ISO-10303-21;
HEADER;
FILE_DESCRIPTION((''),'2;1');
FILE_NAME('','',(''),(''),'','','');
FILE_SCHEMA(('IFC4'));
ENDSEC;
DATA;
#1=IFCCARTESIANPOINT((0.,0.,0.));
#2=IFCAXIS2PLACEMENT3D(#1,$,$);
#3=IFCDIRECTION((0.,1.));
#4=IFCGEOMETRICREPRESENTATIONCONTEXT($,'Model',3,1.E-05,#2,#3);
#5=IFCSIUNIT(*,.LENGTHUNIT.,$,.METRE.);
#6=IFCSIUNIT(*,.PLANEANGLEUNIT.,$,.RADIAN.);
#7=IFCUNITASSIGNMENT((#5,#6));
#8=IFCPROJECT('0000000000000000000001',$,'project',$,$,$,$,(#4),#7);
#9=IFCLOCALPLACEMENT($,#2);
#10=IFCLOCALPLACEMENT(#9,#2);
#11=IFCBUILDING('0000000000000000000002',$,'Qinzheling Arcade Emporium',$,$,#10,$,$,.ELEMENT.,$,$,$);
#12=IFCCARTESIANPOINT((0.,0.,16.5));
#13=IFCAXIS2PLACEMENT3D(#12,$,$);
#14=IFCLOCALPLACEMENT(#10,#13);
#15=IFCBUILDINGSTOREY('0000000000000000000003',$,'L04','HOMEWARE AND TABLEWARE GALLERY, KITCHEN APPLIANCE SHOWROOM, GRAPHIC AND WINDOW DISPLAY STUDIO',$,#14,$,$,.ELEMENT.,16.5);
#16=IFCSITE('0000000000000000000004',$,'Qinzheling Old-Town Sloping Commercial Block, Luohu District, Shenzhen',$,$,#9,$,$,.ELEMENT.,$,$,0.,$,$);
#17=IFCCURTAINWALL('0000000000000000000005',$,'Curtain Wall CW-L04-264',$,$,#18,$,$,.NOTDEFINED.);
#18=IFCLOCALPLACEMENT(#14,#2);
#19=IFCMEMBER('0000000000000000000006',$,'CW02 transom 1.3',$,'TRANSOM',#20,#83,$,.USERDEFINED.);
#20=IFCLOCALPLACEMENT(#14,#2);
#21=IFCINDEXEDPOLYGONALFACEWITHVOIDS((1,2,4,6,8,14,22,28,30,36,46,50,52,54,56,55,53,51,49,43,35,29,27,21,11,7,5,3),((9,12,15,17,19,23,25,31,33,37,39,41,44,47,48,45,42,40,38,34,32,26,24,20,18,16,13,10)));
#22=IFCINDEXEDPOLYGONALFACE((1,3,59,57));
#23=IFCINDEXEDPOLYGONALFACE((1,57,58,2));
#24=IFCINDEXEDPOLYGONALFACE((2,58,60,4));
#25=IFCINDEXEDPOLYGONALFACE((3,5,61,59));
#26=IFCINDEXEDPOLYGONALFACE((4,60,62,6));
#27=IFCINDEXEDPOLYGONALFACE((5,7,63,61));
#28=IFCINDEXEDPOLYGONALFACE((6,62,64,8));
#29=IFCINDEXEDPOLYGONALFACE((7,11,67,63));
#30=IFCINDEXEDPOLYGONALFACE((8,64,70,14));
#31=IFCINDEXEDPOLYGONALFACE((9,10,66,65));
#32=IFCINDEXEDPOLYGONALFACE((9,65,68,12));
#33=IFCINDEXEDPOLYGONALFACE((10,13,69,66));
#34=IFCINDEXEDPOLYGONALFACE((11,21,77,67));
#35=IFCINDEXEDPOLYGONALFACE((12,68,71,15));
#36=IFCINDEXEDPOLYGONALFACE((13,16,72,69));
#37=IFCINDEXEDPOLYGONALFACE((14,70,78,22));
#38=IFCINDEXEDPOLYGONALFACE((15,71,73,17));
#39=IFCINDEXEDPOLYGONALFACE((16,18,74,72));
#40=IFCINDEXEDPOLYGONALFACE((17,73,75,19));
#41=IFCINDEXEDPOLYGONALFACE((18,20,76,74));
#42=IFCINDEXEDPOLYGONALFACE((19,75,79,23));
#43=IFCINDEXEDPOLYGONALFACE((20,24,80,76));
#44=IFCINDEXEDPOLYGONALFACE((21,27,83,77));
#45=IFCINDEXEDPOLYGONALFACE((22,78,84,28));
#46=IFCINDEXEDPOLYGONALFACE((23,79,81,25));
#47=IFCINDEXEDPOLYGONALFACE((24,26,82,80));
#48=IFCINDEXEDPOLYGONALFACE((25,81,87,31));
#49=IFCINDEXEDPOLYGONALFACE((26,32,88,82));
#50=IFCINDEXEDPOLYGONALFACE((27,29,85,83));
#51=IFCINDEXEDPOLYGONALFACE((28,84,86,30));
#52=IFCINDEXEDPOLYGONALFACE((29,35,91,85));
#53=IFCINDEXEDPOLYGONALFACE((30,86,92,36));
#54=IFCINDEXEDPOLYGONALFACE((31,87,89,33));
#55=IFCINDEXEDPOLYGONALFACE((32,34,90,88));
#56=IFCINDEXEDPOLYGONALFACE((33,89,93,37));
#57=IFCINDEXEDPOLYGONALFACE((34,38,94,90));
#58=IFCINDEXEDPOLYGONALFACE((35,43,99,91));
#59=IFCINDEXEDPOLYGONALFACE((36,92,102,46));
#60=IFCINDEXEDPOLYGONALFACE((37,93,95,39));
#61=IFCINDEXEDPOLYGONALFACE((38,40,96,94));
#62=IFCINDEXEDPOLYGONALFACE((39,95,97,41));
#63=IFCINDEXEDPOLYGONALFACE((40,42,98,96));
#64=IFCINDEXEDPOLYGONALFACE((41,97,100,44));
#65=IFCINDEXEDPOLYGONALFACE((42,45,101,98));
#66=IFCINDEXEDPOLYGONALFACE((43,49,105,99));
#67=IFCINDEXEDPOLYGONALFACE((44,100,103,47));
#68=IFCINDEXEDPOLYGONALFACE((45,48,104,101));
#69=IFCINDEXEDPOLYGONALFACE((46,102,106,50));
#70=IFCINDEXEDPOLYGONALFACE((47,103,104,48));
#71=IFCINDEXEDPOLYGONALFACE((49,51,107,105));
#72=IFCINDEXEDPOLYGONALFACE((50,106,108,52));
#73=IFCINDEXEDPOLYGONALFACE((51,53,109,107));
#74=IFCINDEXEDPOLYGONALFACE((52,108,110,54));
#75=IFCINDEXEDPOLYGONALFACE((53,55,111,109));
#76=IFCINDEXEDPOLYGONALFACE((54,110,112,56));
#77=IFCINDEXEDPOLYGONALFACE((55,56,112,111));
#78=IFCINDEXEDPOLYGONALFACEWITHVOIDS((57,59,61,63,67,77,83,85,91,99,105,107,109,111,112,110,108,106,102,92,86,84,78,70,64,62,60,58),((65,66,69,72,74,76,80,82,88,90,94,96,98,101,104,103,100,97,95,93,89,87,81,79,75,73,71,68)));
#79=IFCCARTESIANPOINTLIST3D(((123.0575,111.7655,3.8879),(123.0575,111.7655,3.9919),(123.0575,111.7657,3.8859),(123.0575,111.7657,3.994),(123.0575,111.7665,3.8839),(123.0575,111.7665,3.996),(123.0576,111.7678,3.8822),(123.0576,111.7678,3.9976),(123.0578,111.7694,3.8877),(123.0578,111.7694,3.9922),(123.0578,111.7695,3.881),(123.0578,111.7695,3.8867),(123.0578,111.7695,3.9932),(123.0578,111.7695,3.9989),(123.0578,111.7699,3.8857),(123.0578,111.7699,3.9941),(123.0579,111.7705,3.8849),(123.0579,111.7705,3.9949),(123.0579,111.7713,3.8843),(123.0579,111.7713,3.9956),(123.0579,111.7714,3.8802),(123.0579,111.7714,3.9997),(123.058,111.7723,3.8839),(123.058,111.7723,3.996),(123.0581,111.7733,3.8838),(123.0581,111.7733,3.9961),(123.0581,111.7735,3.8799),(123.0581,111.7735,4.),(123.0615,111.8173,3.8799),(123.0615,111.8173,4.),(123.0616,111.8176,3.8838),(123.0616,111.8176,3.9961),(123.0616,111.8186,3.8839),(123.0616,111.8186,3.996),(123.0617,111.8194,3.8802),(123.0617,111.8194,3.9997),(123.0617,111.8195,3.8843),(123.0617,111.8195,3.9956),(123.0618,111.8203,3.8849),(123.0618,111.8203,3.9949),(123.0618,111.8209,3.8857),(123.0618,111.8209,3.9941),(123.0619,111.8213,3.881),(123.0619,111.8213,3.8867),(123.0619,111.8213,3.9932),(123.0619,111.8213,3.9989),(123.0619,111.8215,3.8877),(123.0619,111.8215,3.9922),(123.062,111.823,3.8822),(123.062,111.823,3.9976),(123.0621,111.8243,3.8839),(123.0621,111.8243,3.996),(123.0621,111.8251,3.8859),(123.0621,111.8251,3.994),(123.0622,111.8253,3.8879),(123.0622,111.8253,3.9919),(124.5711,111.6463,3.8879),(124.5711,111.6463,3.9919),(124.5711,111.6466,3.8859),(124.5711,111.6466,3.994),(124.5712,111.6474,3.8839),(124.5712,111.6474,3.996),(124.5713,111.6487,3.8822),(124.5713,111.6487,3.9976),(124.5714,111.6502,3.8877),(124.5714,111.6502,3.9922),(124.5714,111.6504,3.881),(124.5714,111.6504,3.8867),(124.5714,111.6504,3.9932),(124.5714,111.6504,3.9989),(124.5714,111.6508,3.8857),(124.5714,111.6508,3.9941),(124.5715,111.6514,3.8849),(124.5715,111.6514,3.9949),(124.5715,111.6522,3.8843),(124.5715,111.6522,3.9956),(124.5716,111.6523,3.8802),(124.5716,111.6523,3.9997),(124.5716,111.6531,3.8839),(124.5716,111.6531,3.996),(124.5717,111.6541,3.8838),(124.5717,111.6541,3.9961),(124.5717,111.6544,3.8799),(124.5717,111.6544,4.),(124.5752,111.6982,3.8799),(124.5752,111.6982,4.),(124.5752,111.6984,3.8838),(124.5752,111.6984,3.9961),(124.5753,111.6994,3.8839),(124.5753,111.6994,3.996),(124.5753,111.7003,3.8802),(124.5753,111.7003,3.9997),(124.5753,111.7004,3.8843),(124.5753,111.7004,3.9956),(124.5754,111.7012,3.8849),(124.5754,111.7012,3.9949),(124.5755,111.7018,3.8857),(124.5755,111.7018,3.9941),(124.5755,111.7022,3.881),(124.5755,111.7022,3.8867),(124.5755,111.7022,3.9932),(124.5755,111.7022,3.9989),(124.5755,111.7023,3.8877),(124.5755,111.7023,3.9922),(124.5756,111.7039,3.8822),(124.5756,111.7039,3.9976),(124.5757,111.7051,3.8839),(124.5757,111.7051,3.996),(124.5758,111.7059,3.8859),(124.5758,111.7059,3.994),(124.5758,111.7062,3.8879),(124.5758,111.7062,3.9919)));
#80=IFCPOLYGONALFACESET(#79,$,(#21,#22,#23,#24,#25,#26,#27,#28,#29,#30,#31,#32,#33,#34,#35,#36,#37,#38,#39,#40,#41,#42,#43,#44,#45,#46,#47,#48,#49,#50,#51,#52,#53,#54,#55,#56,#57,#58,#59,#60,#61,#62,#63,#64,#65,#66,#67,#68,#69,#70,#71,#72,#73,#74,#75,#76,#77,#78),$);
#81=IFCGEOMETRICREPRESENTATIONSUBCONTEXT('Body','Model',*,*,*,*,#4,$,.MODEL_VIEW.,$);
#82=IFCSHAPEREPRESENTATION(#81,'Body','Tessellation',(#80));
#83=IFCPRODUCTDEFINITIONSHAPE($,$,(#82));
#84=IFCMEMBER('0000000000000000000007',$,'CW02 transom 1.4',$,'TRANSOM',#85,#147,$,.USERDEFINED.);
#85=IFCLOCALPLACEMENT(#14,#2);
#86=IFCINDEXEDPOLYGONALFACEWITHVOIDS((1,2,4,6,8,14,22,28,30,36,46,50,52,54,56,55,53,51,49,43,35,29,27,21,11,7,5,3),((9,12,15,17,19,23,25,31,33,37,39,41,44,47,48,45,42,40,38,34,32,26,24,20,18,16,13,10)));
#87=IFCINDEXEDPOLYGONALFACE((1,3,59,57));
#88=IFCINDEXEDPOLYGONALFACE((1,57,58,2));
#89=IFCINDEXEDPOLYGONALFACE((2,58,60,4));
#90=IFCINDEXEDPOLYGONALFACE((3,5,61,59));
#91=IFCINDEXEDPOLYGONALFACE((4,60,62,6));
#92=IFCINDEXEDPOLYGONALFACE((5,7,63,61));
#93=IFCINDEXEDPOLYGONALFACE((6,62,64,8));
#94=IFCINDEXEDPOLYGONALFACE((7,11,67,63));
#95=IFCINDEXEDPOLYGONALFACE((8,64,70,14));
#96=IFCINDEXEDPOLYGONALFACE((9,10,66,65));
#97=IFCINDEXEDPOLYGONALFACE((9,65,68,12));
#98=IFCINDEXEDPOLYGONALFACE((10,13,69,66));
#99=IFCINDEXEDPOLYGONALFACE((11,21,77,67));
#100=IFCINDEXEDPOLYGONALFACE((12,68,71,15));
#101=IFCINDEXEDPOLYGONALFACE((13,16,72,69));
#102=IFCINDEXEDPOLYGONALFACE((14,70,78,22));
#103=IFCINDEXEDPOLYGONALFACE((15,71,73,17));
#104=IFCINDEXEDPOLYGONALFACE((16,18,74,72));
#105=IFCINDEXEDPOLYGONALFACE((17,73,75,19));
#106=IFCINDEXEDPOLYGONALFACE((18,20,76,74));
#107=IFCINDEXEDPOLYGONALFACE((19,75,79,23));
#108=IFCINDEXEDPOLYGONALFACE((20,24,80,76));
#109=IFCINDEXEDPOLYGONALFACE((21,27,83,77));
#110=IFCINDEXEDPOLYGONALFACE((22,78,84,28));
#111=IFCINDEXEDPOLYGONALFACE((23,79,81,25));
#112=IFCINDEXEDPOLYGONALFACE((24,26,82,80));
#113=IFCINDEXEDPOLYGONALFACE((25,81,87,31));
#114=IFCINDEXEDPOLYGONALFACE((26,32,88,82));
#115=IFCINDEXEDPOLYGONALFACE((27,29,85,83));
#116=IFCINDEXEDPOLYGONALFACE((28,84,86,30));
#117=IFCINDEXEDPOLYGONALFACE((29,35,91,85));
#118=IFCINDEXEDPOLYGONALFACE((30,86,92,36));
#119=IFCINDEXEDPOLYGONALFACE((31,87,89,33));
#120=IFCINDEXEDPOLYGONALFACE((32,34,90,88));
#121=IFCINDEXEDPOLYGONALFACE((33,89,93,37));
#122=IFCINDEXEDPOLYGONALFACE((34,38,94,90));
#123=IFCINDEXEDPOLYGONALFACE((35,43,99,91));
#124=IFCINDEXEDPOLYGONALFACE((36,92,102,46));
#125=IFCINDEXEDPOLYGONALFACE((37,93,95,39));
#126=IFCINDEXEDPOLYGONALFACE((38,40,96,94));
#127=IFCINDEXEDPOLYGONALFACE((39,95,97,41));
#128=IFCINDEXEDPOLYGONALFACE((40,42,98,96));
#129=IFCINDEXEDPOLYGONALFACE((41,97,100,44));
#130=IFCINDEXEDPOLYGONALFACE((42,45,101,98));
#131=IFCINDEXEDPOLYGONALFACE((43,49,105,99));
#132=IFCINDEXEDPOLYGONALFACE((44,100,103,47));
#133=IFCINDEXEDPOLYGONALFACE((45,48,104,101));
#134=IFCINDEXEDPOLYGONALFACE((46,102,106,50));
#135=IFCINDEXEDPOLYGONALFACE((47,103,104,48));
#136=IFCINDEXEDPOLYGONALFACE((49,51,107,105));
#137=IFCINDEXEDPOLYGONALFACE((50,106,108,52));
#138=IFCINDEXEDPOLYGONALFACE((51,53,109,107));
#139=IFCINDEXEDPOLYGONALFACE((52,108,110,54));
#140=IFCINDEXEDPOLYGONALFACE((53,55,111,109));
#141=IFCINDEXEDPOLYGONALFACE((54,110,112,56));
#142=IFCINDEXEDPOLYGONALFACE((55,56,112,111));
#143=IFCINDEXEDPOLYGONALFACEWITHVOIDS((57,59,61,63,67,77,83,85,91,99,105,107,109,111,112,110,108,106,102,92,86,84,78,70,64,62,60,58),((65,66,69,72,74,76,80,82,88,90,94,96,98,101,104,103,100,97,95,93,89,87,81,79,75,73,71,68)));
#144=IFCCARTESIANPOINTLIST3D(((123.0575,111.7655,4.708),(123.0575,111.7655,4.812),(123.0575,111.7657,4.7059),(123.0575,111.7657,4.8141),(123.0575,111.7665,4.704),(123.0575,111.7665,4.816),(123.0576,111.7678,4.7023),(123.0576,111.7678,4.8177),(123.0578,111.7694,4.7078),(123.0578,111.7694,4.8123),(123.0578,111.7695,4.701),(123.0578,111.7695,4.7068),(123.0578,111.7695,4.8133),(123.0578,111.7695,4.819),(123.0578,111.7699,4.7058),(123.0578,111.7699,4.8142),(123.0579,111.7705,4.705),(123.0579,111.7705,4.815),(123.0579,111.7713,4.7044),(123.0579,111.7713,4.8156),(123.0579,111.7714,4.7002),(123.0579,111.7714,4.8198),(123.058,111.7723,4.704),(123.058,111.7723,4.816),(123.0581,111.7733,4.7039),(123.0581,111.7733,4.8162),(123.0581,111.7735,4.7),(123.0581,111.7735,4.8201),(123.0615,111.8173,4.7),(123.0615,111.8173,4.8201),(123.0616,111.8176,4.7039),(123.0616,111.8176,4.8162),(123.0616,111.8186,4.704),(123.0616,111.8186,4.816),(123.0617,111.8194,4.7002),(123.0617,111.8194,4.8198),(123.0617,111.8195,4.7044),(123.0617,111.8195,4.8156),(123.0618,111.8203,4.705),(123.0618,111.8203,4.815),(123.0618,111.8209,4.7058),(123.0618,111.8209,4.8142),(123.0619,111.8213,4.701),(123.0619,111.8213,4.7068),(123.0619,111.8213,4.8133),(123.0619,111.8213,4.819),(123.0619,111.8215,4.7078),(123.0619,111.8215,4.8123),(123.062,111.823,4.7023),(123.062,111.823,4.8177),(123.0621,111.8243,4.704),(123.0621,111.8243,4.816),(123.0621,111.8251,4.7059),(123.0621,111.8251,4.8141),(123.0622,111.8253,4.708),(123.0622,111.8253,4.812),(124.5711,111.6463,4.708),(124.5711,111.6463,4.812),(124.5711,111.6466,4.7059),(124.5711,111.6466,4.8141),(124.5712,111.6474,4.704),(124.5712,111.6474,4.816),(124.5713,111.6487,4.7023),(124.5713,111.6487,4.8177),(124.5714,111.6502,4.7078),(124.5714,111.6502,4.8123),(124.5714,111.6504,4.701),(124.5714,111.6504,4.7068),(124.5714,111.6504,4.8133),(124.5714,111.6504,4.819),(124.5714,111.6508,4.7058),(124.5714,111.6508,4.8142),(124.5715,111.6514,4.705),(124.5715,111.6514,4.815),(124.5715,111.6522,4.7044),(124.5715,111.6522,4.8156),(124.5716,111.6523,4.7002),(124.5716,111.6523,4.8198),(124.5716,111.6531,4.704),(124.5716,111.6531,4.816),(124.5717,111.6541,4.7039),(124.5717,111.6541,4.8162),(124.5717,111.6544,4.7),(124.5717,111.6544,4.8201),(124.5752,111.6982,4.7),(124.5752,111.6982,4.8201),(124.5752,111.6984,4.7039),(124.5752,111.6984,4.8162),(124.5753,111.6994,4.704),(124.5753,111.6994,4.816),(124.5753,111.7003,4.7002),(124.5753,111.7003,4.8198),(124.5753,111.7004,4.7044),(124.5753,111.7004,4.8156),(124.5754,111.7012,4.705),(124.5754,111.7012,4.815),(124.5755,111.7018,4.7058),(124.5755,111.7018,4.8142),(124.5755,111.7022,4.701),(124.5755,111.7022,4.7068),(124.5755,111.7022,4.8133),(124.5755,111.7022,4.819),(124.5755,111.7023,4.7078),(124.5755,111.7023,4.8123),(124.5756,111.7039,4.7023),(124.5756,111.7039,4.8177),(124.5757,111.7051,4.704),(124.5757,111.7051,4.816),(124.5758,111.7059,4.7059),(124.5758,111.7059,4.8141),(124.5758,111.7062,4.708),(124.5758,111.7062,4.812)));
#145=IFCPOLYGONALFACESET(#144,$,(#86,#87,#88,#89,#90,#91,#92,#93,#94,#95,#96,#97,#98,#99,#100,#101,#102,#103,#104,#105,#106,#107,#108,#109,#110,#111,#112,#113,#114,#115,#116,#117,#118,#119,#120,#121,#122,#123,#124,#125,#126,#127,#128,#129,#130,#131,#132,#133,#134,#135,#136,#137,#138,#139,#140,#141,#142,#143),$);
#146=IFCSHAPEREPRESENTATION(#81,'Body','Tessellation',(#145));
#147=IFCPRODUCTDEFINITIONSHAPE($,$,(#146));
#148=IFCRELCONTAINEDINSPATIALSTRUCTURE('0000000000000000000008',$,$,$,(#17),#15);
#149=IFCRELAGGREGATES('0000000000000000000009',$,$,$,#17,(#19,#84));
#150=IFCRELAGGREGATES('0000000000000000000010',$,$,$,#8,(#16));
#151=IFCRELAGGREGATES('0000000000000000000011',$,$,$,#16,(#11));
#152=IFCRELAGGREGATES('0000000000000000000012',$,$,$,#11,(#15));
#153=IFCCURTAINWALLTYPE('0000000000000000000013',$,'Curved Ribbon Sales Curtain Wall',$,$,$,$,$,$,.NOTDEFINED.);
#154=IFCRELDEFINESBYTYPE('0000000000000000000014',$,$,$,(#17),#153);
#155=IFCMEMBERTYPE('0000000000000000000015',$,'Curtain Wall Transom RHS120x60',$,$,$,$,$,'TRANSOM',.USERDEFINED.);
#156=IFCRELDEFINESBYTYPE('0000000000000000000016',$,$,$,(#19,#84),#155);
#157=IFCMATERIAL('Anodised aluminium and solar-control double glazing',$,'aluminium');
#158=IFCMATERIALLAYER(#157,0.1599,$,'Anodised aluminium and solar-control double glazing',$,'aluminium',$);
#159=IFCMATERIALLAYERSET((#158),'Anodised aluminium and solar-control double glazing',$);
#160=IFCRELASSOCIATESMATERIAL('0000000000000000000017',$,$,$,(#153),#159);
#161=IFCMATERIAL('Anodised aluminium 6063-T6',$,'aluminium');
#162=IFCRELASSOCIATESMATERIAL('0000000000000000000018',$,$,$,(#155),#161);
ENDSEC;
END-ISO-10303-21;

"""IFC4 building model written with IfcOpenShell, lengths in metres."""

from ifc_helpers import new_model, si_unit, direction, frame, origin, origin_2d, place, context, subcontext, project, spatial, hollow_rectangle, extrude, material, layer, layer_set, material_profile, profile_set, type_object, element, aggregate, save


model = new_model("IFC4")

# Units and contexts
model_context = context("Model", 3, precision=1e-05, world=origin(), true_north=direction((0.0, 1.0)))
body_context = subcontext(model_context, "Body", "Model", "MODEL_VIEW")
ifc_project = project(units=[si_unit("LENGTHUNIT", "METRE"), si_unit("PLANEANGLEUNIT", "RADIAN")], contexts=[model_context])

# Site, building, storey
site_placement = place(None, origin())
site = spatial("IfcSite", under=ifc_project, at=site_placement, Name="Qinzheling Old-Town Sloping Commercial Block, Luohu District, Shenzhen", CompositionType="ELEMENT", RefElevation=0.0)
building_placement = place(site_placement, origin())
building = spatial("IfcBuilding", under=site, at=building_placement, Name="Qinzheling Arcade Emporium", CompositionType="ELEMENT")
storey_placement = place(building_placement, frame((0.0, 0.0, 16.5)))
storey = spatial("IfcBuildingStorey", under=building, at=storey_placement, Name="L04", Description="HOMEWARE AND TABLEWARE GALLERY, KITCHEN APPLIANCE SHOWROOM, GRAPHIC AND WINDOW DISPLAY STUDIO", CompositionType="ELEMENT", Elevation=16.5)

# Shared definitions
ifc_material_1 = material(Name="Anodised aluminium and solar-control double glazing", Category="aluminium")
ifc_material_2 = material(Name="Anodised aluminium 6063-T6", Category="aluminium")

# Curtain wall
ifc_layer_1 = layer(ifc_material_1, 0.1599, Name="Anodised aluminium and solar-control double glazing", Category="aluminium")
ifc_layer_set_1 = layer_set([ifc_layer_1], Name="Anodised aluminium and solar-control double glazing")
curtain_wall_type_1 = type_object("IfcCurtainWallType", Name="Curved Ribbon Sales Curtain Wall", PredefinedType="NOTDEFINED", material=ifc_layer_set_1)
curtain_wall_1_placement = place(storey_placement, origin())
curtain_wall_1 = element("IfcCurtainWall", 1, at=curtain_wall_1_placement, inside=storey, type_object=curtain_wall_type_1, Name="Curtain Wall CW-L04-264", PredefinedType="NOTDEFINED")

# Members
ifc_material_profile_1 = material_profile(ifc_material_2, hollow_rectangle(XDim=0.0601, YDim=0.1201, WallThickness=0.0039, InnerFilletRadius=0.0039, OuterFilletRadius=0.0081, at=origin_2d()), Name="RHS 120x60x4", Category="aluminium")
ifc_profile_set_1 = profile_set([ifc_material_profile_1], Name="Anodised aluminium 6063-T6")
member_type_1 = type_object("IfcMemberType", Name="Curtain Wall Transom RHS120x60", ElementType="TRANSOM", PredefinedType="USERDEFINED", material=ifc_profile_set_1)
member_1_placement = place(storey_placement, frame((123.0598, 111.7954, 3.9399), z_axis=(0.996917, -0.078467, 0.0), x_axis=(0.078467, 0.996917, 0.0)))
member_1 = element("IfcMember", 2, at=member_1_placement, type_object=member_type_1, Name="CW02 transom 1.3", ObjectType="TRANSOM", PredefinedType="USERDEFINED", context=body_context, shape_type="SweptSolid", body=[
    extrude(hollow_rectangle(XDim=0.0601, YDim=0.1201, WallThickness=0.0039, InnerFilletRadius=0.0039, OuterFilletRadius=0.0081, at=origin_2d()), origin(), (0.0, 0.0, 1.0), 1.5183),
])
member_2_placement = place(storey_placement, frame((123.0598, 111.7954, 4.76), z_axis=(0.996917, -0.078467, 0.0), x_axis=(0.078467, 0.996917, 0.0)))
member_2 = element("IfcMember", 3, at=member_2_placement, type_object=member_type_1, Name="CW02 transom 1.4", ObjectType="TRANSOM", PredefinedType="USERDEFINED", context=body_context, shape_type="SweptSolid", body=[
    extrude(hollow_rectangle(XDim=0.0601, YDim=0.1201, WallThickness=0.0039, InnerFilletRadius=0.0039, OuterFilletRadius=0.0081, at=origin_2d()), origin(), (0.0, 0.0, 1.0), 1.5183),
])

aggregate(curtain_wall_1, [member_1, member_2])

save(model, "model.ifc")
